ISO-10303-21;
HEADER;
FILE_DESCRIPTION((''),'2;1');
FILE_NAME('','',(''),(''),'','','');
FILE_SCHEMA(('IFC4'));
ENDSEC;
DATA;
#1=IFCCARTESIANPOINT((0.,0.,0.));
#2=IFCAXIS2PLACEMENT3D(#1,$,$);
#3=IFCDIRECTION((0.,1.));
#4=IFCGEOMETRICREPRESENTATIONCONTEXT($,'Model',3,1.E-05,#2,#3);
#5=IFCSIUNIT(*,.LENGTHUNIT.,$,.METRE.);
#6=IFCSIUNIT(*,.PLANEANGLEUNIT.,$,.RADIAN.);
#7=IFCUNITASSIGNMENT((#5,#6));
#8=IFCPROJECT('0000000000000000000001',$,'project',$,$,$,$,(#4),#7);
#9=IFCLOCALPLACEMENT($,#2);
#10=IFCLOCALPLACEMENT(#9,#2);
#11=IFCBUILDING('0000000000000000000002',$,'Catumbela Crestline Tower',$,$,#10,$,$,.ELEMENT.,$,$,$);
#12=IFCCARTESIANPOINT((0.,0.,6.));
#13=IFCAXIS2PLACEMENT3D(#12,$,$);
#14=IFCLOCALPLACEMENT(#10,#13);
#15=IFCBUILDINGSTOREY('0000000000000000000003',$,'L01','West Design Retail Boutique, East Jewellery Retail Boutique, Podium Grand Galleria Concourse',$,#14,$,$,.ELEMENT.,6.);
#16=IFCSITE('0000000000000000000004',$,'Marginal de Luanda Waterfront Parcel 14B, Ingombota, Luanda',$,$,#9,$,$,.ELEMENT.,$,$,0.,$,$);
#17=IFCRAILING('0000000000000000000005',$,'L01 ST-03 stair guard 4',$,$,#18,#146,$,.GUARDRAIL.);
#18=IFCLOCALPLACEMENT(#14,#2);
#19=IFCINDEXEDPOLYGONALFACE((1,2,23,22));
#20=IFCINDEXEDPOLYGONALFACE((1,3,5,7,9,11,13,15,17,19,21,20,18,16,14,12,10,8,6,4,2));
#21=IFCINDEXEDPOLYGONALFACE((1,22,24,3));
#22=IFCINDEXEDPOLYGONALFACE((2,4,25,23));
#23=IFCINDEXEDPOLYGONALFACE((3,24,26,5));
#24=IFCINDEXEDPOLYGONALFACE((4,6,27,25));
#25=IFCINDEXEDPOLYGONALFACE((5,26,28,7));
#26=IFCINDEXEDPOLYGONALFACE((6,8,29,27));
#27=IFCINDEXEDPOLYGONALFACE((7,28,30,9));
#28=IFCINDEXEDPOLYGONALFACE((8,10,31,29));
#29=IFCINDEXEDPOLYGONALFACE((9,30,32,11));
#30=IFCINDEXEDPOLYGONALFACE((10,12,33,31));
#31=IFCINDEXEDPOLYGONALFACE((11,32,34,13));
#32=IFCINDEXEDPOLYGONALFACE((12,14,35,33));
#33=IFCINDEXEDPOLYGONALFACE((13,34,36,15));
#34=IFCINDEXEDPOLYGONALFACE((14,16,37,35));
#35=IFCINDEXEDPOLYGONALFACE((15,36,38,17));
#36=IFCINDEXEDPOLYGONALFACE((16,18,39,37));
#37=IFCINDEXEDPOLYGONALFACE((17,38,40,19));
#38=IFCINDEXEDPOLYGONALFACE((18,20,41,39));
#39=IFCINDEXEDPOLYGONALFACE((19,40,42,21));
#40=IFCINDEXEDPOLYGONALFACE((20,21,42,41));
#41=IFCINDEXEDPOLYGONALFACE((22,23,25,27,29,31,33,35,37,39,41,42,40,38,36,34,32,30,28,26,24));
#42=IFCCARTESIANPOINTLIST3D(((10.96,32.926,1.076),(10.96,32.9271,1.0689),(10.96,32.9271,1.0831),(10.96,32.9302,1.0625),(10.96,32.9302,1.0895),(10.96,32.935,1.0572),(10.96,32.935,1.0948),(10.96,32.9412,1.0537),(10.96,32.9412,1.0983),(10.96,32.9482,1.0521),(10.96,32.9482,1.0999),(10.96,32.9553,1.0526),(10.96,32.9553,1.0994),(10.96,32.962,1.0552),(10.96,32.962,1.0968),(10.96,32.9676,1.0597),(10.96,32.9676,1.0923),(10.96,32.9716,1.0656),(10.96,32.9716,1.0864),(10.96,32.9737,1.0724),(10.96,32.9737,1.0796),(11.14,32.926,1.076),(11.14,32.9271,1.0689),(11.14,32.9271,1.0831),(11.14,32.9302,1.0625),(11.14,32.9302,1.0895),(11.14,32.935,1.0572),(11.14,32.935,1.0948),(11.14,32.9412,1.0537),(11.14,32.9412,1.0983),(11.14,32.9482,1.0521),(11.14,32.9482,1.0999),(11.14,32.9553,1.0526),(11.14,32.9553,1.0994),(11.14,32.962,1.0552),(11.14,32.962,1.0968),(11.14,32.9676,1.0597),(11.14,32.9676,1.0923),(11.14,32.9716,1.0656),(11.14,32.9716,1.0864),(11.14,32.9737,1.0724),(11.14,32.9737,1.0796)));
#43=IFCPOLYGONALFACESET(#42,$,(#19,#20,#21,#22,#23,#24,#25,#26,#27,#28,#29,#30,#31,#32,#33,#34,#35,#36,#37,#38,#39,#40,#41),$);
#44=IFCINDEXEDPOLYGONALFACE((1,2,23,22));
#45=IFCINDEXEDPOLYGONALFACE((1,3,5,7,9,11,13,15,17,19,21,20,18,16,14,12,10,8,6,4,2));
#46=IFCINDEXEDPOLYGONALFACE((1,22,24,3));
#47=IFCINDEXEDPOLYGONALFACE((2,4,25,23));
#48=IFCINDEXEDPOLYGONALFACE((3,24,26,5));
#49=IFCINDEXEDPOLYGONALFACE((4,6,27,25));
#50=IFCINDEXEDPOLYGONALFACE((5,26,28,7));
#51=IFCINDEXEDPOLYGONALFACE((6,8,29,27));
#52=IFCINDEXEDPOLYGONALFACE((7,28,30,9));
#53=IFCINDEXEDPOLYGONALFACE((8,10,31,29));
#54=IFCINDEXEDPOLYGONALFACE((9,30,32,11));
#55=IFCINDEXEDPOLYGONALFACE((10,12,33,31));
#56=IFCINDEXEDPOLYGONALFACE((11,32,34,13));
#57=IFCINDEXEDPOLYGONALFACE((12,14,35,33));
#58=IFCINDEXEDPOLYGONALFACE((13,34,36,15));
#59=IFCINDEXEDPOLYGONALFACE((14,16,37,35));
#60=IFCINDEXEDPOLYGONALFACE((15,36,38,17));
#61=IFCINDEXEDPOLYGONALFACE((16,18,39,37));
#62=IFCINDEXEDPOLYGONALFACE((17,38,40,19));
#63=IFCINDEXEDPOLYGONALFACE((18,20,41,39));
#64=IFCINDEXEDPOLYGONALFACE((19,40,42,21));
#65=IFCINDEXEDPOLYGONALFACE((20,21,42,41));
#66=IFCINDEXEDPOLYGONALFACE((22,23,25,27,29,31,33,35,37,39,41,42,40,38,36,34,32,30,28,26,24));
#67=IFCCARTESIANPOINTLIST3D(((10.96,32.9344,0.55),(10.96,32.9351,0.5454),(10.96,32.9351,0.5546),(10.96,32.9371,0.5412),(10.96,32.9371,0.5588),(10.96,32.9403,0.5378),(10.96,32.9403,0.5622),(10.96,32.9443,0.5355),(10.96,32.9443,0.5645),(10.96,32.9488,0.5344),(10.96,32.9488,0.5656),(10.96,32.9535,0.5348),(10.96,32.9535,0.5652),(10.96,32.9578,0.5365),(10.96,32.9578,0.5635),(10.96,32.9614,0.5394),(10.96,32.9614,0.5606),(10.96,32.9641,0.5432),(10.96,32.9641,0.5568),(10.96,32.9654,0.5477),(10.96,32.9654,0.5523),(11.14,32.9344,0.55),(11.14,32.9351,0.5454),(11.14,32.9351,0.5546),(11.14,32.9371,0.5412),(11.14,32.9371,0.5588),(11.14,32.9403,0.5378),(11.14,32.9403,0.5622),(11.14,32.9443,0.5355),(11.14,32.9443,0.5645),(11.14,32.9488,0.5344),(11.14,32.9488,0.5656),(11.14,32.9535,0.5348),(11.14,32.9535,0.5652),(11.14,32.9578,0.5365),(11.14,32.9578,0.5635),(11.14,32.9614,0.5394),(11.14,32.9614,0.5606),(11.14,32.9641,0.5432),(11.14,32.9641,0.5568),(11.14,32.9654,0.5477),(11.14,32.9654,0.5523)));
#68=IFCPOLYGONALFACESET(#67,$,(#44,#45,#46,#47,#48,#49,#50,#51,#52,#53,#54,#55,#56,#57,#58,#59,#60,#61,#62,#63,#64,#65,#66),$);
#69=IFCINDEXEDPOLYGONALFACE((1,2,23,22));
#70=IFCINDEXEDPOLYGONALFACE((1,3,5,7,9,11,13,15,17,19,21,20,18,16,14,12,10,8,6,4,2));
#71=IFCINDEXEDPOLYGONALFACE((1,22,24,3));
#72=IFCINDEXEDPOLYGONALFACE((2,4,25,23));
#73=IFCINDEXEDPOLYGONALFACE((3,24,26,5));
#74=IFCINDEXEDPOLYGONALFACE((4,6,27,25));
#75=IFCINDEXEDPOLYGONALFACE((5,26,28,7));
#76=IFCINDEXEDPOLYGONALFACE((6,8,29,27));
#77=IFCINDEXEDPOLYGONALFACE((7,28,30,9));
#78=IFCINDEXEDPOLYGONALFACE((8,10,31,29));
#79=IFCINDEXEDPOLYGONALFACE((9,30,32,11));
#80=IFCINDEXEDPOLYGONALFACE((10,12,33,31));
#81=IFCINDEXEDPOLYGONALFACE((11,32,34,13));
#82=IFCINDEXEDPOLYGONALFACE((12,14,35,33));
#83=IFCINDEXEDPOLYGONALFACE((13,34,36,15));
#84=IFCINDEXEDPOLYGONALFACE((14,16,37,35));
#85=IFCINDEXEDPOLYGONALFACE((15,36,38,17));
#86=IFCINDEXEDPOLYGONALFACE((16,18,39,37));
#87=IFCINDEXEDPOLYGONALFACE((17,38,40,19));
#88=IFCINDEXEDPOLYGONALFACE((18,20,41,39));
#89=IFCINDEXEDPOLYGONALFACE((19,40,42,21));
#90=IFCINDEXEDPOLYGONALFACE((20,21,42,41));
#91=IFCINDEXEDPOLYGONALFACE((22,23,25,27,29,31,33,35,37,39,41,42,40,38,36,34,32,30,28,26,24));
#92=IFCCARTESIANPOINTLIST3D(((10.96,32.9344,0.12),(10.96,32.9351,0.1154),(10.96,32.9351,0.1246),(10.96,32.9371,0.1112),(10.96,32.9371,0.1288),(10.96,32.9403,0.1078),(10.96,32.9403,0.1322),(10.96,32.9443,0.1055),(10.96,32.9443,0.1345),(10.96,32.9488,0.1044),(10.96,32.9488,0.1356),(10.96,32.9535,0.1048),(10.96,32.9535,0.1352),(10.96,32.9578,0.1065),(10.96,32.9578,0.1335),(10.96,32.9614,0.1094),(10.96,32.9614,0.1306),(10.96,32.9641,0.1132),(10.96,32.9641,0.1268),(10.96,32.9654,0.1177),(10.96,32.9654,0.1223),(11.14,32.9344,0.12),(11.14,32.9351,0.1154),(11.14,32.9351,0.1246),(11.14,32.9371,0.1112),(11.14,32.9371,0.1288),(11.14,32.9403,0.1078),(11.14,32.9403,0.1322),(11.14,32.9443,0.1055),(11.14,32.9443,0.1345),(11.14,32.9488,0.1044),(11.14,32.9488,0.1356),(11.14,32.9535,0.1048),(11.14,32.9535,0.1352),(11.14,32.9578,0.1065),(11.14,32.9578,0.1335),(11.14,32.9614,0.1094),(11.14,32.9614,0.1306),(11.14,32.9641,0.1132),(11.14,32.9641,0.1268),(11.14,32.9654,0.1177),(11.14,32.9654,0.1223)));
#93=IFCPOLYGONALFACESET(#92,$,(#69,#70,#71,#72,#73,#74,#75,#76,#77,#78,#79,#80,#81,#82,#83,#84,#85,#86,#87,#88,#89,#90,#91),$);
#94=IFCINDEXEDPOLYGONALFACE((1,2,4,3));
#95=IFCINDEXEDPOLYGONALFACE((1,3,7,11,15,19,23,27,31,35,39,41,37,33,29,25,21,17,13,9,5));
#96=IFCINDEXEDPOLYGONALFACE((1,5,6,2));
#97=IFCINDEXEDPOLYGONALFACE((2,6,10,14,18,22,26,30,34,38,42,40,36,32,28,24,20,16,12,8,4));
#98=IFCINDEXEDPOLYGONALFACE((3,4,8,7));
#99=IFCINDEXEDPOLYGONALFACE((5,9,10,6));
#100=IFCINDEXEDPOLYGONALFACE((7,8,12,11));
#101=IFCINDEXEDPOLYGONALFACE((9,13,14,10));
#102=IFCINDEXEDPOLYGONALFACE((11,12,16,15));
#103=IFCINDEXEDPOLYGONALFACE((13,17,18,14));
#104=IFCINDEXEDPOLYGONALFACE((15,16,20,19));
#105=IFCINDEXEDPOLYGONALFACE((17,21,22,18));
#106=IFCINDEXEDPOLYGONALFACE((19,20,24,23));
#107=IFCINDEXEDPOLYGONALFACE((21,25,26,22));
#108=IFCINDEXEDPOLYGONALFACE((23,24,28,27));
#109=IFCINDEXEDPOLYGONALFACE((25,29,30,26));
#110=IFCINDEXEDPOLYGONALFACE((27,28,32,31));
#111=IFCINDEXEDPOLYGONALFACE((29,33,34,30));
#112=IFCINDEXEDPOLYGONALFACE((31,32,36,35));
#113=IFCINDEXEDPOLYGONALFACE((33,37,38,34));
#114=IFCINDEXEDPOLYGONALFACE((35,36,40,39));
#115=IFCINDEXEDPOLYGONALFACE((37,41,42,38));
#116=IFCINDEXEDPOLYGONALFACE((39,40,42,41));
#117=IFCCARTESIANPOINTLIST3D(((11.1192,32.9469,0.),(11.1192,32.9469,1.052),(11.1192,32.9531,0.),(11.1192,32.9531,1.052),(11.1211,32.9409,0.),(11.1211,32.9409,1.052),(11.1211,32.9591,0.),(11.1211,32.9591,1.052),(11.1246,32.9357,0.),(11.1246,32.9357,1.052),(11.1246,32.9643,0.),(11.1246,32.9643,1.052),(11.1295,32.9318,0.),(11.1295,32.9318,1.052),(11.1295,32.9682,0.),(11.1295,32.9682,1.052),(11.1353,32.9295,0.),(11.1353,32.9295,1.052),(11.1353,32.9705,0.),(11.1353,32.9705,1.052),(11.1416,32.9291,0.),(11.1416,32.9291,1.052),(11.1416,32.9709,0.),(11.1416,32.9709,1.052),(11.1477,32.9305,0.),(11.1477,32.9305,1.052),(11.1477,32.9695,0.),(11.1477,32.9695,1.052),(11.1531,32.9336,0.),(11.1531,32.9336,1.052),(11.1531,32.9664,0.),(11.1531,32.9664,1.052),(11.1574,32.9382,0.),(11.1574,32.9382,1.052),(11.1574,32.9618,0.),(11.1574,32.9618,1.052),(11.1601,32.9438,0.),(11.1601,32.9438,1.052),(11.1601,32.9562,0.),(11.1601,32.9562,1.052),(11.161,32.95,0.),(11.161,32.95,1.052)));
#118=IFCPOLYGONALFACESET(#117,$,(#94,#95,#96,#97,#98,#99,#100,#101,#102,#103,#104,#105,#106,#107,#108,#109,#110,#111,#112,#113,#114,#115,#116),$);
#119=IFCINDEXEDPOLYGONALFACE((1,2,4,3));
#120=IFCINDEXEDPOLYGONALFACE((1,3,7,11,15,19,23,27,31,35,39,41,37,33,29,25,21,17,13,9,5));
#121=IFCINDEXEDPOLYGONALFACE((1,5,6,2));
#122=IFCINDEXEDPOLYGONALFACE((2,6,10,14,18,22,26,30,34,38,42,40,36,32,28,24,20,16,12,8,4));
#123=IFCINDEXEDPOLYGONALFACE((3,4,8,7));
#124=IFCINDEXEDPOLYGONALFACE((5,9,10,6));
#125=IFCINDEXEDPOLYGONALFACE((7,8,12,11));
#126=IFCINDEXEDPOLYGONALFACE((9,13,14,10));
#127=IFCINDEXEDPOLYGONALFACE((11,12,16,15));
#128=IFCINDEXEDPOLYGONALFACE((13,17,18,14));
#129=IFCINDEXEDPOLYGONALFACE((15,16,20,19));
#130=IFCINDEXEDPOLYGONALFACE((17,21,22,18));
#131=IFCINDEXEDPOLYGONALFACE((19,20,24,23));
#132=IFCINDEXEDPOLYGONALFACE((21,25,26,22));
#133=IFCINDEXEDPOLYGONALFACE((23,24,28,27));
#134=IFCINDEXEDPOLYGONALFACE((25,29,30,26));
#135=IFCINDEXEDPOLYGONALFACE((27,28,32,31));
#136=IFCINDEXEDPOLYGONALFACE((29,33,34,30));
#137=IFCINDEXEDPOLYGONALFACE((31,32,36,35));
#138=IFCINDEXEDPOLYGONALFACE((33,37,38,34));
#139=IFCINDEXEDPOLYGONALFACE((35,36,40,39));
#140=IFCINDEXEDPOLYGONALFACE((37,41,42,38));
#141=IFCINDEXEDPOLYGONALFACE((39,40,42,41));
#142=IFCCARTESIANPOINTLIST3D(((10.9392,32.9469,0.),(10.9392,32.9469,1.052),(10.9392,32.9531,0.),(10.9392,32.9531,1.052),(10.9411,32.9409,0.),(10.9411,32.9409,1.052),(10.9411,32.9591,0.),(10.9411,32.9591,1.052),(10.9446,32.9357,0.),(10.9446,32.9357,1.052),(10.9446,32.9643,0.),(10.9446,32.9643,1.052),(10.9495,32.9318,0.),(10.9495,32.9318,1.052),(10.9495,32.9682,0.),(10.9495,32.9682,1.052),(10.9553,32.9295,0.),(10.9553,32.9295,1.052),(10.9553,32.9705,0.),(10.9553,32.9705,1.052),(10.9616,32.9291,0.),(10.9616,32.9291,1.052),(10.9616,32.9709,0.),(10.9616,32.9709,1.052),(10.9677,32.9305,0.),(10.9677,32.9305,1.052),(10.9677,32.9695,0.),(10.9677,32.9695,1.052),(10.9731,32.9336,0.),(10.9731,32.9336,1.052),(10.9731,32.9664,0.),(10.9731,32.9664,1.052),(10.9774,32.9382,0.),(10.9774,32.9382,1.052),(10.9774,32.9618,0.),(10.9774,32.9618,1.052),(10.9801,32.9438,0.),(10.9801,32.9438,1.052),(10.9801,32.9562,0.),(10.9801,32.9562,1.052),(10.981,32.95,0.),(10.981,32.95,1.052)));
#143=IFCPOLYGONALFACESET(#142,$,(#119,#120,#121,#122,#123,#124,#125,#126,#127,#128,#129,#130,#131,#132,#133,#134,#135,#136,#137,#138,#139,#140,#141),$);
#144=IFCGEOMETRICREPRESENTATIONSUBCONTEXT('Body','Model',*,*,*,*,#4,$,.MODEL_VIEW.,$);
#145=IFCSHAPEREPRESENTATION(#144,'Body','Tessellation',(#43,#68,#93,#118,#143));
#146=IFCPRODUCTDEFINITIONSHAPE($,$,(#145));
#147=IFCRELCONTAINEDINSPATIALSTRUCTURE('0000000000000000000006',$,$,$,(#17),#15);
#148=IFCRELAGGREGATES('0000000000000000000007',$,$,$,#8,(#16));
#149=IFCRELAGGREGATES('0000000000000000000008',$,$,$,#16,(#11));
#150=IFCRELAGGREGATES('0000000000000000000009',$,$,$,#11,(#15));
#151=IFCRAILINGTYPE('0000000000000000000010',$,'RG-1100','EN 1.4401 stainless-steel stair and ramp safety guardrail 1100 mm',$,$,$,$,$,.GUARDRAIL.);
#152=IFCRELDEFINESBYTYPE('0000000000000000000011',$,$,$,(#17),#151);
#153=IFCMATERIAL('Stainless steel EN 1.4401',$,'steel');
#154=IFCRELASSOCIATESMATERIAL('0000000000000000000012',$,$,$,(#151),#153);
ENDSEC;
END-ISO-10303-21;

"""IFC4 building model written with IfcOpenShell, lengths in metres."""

from ifc_helpers import new_model, si_unit, direction, frame, origin, origin_2d, place, context, subcontext, project, spatial, circle, extrude, material, type_object, element, save


model = new_model("IFC4")

# Units and contexts
model_context = context("Model", 3, precision=1e-05, world=origin(), true_north=direction((0.0, 1.0)))
body_context = subcontext(model_context, "Body", "Model", "MODEL_VIEW")
ifc_project = project(units=[si_unit("LENGTHUNIT", "METRE"), si_unit("PLANEANGLEUNIT", "RADIAN")], contexts=[model_context])

# Site, building, storey
site_placement = place(None, origin())
site = spatial("IfcSite", under=ifc_project, at=site_placement, Name="Marginal de Luanda Waterfront Parcel 14B, Ingombota, Luanda", CompositionType="ELEMENT", RefElevation=0.0)
building_placement = place(site_placement, origin())
building = spatial("IfcBuilding", under=site, at=building_placement, Name="Catumbela Crestline Tower", CompositionType="ELEMENT")
storey_placement = place(building_placement, frame((0.0, 0.0, 6.0)))
storey = spatial("IfcBuildingStorey", under=building, at=storey_placement, Name="L01", Description="West Design Retail Boutique, East Jewellery Retail Boutique, Podium Grand Galleria Concourse", CompositionType="ELEMENT", Elevation=6.0)

# Shared definitions
ifc_material_1 = material(Name="Stainless steel EN 1.4401", Category="steel")

# Railing
railing_type_1 = type_object("IfcRailingType", Name="RG-1100", Description="EN 1.4401 stainless-steel stair and ramp safety guardrail 1100 mm", PredefinedType="GUARDRAIL", material=ifc_material_1)
railing_1_placement = place(storey_placement, frame((11.14, 32.95, 0.0)))
element("IfcRailing", 1, at=railing_1_placement, inside=storey, type_object=railing_type_1, Name="L01 ST-03 stair guard 4", PredefinedType="GUARDRAIL", context=body_context, shape_type="SweptSolid", body=[
    extrude(circle(Radius=0.024, at=origin_2d()), frame((0.0, 0.0, 1.076), z_axis=(-1.0, 0.0, 0.0), x_axis=(0.0, -1.0, 0.0)), (0.0, 0.0, 1.0), 0.18),
    extrude(circle(Radius=0.0156, at=origin_2d()), frame((0.0, 0.0, 0.55), z_axis=(-1.0, 0.0, 0.0), x_axis=(0.0, -1.0, 0.0)), (0.0, 0.0, 1.0), 0.18),
    extrude(circle(Radius=0.0156, at=origin_2d()), frame((0.0, 0.0, 0.12), z_axis=(-1.0, 0.0, 0.0), x_axis=(0.0, -1.0, 0.0)), (0.0, 0.0, 1.0), 0.18),
    extrude(circle(Radius=0.021, at=origin_2d()), origin(), (0.0, 0.0, 1.0), 1.052),
    extrude(circle(Radius=0.021, at=origin_2d()), frame((-0.18, 0.0, 0.0)), (0.0, 0.0, 1.0), 1.052),
])

save(model, "model.ifc")
